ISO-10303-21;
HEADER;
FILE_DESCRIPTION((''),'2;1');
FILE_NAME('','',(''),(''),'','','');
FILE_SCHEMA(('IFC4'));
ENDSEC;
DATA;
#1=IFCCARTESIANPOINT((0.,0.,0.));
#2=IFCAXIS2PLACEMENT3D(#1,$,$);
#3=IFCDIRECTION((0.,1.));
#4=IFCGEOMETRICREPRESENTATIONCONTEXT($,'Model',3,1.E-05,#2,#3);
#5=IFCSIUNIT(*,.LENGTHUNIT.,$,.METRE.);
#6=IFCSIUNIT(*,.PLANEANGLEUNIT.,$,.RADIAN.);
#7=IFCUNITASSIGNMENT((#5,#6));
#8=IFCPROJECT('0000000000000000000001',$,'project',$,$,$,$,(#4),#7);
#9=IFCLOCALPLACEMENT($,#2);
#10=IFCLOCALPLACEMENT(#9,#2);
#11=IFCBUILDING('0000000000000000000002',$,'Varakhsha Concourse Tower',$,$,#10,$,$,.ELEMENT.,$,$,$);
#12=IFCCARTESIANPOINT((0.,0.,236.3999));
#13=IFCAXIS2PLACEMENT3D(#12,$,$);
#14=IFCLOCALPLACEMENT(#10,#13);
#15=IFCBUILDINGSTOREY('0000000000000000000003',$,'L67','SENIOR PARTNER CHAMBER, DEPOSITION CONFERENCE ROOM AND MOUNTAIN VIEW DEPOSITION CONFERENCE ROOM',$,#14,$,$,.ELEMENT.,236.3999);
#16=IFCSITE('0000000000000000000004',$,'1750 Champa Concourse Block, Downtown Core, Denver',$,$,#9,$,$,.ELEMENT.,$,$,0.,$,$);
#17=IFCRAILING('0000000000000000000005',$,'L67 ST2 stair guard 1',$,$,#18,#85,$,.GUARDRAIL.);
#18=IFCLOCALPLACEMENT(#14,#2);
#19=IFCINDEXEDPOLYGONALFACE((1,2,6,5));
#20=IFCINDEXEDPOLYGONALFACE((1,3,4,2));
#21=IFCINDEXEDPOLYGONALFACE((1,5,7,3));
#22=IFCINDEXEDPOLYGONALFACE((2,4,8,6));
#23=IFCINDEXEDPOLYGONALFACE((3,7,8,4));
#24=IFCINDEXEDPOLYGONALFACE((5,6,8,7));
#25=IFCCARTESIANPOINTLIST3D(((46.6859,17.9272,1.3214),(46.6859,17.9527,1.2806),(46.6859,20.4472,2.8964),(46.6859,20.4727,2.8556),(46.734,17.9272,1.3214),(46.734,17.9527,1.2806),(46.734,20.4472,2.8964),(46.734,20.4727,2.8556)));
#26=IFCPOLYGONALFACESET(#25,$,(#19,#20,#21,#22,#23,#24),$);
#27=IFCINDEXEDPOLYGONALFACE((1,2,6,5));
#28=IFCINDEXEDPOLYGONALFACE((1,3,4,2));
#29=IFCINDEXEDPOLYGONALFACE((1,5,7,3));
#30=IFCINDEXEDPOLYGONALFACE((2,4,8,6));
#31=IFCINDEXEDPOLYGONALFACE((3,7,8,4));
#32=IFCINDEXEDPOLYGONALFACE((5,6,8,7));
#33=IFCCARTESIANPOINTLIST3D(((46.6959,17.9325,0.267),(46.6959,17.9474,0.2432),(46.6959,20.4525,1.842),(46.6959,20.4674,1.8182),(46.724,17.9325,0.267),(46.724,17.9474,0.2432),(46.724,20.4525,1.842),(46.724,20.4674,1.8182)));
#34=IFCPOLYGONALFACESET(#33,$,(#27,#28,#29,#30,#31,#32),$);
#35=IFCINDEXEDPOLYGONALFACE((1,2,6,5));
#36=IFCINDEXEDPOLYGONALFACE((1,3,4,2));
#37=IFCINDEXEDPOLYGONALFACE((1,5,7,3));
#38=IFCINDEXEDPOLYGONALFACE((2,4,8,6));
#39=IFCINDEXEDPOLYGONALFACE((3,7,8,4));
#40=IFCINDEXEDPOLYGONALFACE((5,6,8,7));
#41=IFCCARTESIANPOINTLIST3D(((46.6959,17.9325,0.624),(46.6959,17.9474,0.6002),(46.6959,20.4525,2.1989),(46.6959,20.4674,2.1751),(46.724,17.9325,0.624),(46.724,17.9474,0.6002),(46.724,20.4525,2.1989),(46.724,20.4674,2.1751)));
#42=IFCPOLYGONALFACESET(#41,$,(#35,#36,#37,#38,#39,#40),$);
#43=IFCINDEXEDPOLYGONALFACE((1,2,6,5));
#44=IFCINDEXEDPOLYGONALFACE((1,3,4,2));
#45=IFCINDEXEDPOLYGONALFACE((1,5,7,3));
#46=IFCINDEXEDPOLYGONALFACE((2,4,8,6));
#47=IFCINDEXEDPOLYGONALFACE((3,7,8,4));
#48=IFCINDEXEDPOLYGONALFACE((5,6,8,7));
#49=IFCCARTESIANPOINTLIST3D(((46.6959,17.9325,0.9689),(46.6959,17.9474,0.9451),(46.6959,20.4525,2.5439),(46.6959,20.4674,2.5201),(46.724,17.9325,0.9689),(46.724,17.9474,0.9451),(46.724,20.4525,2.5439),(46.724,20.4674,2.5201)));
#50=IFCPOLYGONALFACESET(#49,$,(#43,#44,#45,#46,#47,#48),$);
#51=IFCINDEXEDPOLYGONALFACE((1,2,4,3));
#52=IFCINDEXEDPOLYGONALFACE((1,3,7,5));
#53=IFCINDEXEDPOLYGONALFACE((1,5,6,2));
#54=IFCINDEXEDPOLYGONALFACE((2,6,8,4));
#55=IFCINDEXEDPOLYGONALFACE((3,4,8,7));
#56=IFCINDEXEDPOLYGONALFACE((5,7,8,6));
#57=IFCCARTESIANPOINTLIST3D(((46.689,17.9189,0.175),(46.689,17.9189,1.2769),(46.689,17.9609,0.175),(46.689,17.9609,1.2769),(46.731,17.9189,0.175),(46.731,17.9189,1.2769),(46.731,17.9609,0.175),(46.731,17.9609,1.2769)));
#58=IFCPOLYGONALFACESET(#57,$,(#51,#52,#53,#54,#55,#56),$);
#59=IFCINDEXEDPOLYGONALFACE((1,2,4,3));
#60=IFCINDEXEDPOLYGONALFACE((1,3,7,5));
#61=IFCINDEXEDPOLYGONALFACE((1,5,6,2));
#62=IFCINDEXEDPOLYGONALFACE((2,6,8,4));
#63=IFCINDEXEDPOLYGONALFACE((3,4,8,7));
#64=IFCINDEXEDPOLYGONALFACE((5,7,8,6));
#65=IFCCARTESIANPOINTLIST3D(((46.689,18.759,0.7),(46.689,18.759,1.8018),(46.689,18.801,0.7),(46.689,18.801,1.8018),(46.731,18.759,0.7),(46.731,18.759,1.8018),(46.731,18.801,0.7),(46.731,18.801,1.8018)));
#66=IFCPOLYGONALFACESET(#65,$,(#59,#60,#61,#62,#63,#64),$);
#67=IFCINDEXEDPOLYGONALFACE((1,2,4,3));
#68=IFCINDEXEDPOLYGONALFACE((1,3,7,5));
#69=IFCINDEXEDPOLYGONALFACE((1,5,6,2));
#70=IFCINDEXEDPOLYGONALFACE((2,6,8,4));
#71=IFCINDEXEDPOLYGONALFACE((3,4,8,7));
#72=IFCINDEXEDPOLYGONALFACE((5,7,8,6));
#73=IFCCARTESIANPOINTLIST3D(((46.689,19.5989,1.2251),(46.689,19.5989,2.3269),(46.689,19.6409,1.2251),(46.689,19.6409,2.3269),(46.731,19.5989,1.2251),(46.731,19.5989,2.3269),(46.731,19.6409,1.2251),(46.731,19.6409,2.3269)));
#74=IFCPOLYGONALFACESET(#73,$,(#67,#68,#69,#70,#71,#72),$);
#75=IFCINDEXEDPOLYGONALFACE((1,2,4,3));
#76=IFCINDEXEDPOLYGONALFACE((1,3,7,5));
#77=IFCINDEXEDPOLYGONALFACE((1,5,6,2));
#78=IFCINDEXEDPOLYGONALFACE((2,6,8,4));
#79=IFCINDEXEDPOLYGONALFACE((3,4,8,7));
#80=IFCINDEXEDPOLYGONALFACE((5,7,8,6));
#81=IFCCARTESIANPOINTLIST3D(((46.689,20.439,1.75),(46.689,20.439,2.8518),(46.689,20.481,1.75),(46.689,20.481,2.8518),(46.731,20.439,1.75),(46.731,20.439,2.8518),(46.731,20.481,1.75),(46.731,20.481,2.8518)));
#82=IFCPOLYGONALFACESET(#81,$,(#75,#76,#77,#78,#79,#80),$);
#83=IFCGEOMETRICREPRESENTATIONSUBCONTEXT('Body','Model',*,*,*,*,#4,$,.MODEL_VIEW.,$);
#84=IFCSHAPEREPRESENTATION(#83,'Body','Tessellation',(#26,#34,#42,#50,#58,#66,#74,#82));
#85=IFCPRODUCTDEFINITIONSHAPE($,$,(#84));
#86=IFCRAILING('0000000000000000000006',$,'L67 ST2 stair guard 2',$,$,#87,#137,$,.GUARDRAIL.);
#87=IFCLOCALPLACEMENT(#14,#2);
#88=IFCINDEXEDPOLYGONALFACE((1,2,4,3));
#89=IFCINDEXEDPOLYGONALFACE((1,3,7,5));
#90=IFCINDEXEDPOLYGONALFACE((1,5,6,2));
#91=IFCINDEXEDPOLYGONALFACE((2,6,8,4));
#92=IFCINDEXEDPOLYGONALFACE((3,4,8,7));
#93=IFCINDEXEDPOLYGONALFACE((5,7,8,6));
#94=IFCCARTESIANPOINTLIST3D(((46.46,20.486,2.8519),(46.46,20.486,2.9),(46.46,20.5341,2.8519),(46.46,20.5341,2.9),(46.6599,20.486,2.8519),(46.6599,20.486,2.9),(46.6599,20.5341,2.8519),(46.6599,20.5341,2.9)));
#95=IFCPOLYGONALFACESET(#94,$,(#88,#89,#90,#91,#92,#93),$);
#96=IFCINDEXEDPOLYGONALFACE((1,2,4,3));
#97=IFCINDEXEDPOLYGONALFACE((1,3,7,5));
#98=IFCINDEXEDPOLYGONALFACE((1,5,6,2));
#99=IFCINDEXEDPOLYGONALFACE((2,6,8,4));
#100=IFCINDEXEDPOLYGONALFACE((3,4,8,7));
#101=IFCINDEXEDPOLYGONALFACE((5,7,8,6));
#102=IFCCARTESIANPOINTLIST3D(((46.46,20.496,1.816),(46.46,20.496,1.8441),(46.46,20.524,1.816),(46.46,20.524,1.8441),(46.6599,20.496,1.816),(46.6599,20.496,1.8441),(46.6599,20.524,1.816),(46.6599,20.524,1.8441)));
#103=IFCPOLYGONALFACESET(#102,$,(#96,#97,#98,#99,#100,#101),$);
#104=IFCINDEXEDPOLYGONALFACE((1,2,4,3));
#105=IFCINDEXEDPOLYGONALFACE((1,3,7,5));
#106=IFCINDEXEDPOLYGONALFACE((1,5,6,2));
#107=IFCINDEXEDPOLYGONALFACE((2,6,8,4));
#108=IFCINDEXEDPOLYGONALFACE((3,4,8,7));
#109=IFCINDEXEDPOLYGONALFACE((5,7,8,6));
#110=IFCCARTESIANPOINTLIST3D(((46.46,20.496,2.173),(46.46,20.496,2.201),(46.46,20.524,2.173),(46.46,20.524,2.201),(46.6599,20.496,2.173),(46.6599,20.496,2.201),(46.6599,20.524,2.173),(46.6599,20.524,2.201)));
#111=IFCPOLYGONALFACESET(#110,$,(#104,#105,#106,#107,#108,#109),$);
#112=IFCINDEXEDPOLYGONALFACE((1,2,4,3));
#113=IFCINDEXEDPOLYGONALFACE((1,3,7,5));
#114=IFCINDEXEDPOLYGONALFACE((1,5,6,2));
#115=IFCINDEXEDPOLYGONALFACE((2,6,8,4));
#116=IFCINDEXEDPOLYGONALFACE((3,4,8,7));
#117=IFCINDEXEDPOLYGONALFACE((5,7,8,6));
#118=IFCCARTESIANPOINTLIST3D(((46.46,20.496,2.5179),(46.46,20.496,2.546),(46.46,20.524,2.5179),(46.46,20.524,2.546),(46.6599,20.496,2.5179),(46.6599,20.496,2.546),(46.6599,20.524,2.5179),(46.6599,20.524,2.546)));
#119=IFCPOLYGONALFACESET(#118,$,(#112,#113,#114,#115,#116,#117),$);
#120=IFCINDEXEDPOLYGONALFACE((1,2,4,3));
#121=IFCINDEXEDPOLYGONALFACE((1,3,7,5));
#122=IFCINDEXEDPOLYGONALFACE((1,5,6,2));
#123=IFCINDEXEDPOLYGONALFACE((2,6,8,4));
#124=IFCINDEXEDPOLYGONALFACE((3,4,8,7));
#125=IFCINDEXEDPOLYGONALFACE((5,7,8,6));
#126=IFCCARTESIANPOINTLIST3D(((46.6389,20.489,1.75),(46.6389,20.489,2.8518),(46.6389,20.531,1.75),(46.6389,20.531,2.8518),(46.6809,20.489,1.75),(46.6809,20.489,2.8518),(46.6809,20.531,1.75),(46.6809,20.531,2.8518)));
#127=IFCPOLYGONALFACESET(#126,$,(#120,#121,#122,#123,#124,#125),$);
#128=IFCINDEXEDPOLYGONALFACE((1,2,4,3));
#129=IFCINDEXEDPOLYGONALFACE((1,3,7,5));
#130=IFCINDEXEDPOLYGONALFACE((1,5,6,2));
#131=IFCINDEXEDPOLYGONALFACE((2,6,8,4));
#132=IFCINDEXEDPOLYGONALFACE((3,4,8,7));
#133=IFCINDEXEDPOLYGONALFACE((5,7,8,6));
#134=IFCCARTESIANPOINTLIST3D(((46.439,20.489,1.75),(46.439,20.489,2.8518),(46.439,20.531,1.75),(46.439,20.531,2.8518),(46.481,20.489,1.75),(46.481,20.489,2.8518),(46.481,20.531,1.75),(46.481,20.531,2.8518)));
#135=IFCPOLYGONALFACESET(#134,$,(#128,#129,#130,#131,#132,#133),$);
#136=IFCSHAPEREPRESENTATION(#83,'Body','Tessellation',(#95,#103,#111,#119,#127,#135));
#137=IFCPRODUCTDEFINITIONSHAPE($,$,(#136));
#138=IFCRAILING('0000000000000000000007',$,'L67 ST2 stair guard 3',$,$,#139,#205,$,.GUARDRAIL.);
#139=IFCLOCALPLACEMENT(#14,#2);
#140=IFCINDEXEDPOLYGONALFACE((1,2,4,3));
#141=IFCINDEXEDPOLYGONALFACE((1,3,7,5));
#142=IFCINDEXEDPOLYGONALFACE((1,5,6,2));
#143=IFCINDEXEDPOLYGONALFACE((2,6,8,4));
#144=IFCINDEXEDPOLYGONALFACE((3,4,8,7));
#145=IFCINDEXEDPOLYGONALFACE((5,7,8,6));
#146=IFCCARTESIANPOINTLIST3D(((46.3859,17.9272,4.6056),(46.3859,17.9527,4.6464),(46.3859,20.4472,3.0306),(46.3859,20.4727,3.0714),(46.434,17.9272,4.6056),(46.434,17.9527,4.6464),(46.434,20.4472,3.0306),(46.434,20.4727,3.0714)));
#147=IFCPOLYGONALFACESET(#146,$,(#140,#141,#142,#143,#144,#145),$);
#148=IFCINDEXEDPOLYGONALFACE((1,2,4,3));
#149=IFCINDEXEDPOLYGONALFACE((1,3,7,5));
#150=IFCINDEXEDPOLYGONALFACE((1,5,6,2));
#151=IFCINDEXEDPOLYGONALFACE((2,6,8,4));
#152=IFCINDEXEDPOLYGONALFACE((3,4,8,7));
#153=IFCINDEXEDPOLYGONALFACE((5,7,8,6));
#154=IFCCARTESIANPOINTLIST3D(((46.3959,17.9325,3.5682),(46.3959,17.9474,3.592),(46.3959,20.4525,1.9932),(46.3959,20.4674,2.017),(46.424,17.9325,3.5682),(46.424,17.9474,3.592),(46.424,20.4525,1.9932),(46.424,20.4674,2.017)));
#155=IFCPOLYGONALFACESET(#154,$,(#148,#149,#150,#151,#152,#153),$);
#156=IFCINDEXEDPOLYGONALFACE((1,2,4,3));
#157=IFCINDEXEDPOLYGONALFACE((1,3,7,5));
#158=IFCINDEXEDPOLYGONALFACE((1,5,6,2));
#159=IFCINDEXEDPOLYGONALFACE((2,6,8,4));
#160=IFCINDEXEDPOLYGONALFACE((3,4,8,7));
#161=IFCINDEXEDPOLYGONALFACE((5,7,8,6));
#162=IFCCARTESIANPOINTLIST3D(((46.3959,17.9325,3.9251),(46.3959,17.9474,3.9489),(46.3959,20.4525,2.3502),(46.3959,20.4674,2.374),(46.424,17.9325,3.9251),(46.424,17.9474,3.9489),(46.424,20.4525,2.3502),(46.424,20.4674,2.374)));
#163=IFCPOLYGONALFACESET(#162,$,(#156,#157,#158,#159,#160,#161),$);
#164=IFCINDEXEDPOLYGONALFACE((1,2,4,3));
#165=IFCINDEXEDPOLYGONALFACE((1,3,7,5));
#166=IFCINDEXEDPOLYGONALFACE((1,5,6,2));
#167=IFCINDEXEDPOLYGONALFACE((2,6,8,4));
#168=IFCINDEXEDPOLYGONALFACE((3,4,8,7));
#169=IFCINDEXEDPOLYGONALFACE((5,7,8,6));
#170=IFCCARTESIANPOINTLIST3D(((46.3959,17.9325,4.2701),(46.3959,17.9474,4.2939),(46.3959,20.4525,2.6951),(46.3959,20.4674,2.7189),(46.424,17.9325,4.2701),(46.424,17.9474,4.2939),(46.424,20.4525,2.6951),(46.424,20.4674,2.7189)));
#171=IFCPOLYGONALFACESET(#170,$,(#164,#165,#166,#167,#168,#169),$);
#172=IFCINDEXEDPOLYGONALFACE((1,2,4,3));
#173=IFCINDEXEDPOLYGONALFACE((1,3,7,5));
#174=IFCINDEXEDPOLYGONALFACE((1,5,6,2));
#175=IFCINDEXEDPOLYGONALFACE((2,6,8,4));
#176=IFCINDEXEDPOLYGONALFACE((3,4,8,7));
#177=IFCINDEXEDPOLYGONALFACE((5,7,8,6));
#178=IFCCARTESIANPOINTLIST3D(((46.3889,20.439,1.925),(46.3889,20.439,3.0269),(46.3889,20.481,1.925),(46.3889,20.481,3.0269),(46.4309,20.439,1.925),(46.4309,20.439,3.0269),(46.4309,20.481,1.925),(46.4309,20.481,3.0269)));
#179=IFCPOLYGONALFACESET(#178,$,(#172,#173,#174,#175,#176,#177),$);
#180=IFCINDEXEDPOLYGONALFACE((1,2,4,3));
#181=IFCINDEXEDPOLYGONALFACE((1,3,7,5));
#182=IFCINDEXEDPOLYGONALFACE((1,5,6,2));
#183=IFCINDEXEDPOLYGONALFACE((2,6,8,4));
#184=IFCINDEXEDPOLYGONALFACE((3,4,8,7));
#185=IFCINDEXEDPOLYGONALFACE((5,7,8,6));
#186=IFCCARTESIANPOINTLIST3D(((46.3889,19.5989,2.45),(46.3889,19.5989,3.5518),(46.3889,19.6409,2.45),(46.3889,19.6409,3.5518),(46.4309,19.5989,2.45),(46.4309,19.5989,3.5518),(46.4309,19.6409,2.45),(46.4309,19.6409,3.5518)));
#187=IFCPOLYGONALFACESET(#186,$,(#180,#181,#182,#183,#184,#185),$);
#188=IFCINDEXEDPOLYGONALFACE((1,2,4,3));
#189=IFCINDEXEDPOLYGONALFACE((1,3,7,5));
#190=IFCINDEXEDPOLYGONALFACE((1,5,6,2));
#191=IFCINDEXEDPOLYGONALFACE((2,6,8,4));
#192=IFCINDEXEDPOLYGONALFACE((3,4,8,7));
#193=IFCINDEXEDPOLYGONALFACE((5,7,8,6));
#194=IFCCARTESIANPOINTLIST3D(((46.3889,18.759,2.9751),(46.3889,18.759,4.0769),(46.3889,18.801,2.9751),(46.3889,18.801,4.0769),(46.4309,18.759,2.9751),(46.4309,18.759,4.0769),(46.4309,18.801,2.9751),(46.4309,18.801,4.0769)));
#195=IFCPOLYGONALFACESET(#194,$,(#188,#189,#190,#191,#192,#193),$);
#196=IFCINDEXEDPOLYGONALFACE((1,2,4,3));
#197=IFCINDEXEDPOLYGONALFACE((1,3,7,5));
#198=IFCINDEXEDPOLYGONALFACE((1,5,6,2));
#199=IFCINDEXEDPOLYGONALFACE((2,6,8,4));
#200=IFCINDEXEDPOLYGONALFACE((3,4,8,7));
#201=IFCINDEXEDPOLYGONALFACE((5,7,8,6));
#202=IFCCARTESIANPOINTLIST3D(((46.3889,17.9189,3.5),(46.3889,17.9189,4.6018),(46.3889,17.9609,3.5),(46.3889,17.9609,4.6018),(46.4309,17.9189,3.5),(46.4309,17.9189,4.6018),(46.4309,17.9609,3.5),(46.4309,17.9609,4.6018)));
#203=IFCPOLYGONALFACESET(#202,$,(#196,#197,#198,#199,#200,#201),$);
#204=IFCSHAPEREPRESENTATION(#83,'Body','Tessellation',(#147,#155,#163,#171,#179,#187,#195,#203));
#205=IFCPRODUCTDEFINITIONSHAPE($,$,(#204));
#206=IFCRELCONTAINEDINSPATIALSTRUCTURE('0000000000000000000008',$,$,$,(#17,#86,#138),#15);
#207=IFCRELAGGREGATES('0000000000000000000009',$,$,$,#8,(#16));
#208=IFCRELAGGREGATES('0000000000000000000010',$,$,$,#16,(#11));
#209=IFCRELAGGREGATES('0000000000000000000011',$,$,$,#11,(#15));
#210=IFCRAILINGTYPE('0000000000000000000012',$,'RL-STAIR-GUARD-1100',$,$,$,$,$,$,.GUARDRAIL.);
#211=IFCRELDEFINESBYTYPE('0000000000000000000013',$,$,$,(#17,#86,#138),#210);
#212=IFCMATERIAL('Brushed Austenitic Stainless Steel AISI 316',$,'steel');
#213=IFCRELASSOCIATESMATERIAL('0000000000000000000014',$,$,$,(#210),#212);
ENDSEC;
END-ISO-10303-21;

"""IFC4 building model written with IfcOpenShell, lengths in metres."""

from ifc_helpers import new_model, si_unit, direction, frame, origin, origin_2d, place, context, subcontext, project, spatial, rectangle, extrude, material, type_object, element, save


model = new_model("IFC4")

# Units and contexts
model_context = context("Model", 3, precision=1e-05, world=origin(), true_north=direction((0.0, 1.0)))
body_context = subcontext(model_context, "Body", "Model", "MODEL_VIEW")
ifc_project = project(units=[si_unit("LENGTHUNIT", "METRE"), si_unit("PLANEANGLEUNIT", "RADIAN")], contexts=[model_context])

# Site, building, storey
site_placement = place(None, origin())
site = spatial("IfcSite", under=ifc_project, at=site_placement, Name="1750 Champa Concourse Block, Downtown Core, Denver", CompositionType="ELEMENT", RefElevation=0.0)
building_placement = place(site_placement, origin())
building = spatial("IfcBuilding", under=site, at=building_placement, Name="Varakhsha Concourse Tower", CompositionType="ELEMENT")
storey_placement = place(building_placement, frame((0.0, 0.0, 236.3999)))
storey = spatial("IfcBuildingStorey", under=building, at=storey_placement, Name="L67", Description="SENIOR PARTNER CHAMBER, DEPOSITION CONFERENCE ROOM AND MOUNTAIN VIEW DEPOSITION CONFERENCE ROOM", CompositionType="ELEMENT", Elevation=236.3999)

# Railings
ifc_material_1 = material(Name="Brushed Austenitic Stainless Steel AISI 316", Category="steel")
railing_type_1 = type_object("IfcRailingType", Name="RL-STAIR-GUARD-1100", PredefinedType="GUARDRAIL", material=ifc_material_1)
railing_1_placement = place(storey_placement, frame((46.71, 17.9399, 0.175)))
element("IfcRailing", 1, at=railing_1_placement, inside=storey, type_object=railing_type_1, Name="L67 ST2 stair guard 1", PredefinedType="GUARDRAIL", context=body_context, shape_type="SweptSolid", body=[
    extrude(rectangle(XDim=0.0481, YDim=0.0481, at=origin_2d()), frame((0.0, 0.0, 1.126), z_axis=(0.0, 0.848008, 0.529984), x_axis=(-1.0, 0.0, 0.0)), (0.0, 0.0, 1.0), 2.9717),
    extrude(rectangle(XDim=0.0281, YDim=0.0281, at=origin_2d()), frame((0.0, 0.0, 0.0801), z_axis=(0.0, 0.848008, 0.529984), x_axis=(-1.0, 0.0, 0.0)), (0.0, 0.0, 1.0), 2.9717),
    extrude(rectangle(XDim=0.0281, YDim=0.0281, at=origin_2d()), frame((0.0, 0.0, 0.437), z_axis=(0.0, 0.848008, 0.529984), x_axis=(-1.0, 0.0, 0.0)), (0.0, 0.0, 1.0), 2.9717),
    extrude(rectangle(XDim=0.0281, YDim=0.0281, at=origin_2d()), frame((0.0, 0.0, 0.782), z_axis=(0.0, 0.848008, 0.529984), x_axis=(-1.0, 0.0, 0.0)), (0.0, 0.0, 1.0), 2.9717),
    extrude(rectangle(XDim=0.042, YDim=0.042, at=origin_2d()), origin(), (0.0, 0.0, 1.0), 1.1018),
    extrude(rectangle(XDim=0.042, YDim=0.042, at=origin_2d()), frame((0.0, 0.8401, 0.5249)), (0.0, 0.0, 1.0), 1.1018),
    extrude(rectangle(XDim=0.042, YDim=0.042, at=origin_2d()), frame((0.0, 1.6799, 1.05)), (0.0, 0.0, 1.0), 1.1018),
    extrude(rectangle(XDim=0.042, YDim=0.042, at=origin_2d()), frame((0.0, 2.52, 1.575)), (0.0, 0.0, 1.0), 1.1018),
])
railing_2_placement = place(storey_placement, frame((46.6599, 20.51, 1.75)))
element("IfcRailing", 2, at=railing_2_placement, inside=storey, type_object=railing_type_1, Name="L67 ST2 stair guard 2", PredefinedType="GUARDRAIL", context=body_context, shape_type="SweptSolid", body=[
    extrude(rectangle(XDim=0.0481, YDim=0.0481, at=origin_2d()), frame((0.0, 0.0, 1.126), z_axis=(-1.0, 0.0, 0.0), x_axis=(0.0, -1.0, 0.0)), (0.0, 0.0, 1.0), 0.2),
    extrude(rectangle(XDim=0.0281, YDim=0.0281, at=origin_2d()), frame((0.0, 0.0, 0.0801), z_axis=(-1.0, 0.0, 0.0), x_axis=(0.0, -1.0, 0.0)), (0.0, 0.0, 1.0), 0.2),
    extrude(rectangle(XDim=0.0281, YDim=0.0281, at=origin_2d()), frame((0.0, 0.0, 0.437), z_axis=(-1.0, 0.0, 0.0), x_axis=(0.0, -1.0, 0.0)), (0.0, 0.0, 1.0), 0.2),
    extrude(rectangle(XDim=0.0281, YDim=0.0281, at=origin_2d()), frame((0.0, 0.0, 0.782), z_axis=(-1.0, 0.0, 0.0), x_axis=(0.0, -1.0, 0.0)), (0.0, 0.0, 1.0), 0.2),
    extrude(rectangle(XDim=0.042, YDim=0.042, at=origin_2d()), origin(), (0.0, 0.0, 1.0), 1.1018),
    extrude(rectangle(XDim=0.042, YDim=0.042, at=origin_2d()), frame((-0.2, 0.0, 0.0)), (0.0, 0.0, 1.0), 1.1018),
])
railing_3_placement = place(storey_placement, frame((46.4099, 20.46, 1.925)))
element("IfcRailing", 3, at=railing_3_placement, inside=storey, type_object=railing_type_1, Name="L67 ST2 stair guard 3", PredefinedType="GUARDRAIL", context=body_context, shape_type="SweptSolid", body=[
    extrude(rectangle(XDim=0.0481, YDim=0.0481, at=origin_2d()), frame((0.0, 0.0, 1.126), z_axis=(0.0, -0.848008, 0.529984), x_axis=(1.0, 0.0, 0.0)), (0.0, 0.0, 1.0), 2.9717),
    extrude(rectangle(XDim=0.0281, YDim=0.0281, at=origin_2d()), frame((0.0, 0.0, 0.0801), z_axis=(0.0, -0.848008, 0.529984), x_axis=(1.0, 0.0, 0.0)), (0.0, 0.0, 1.0), 2.9717),
    extrude(rectangle(XDim=0.0281, YDim=0.0281, at=origin_2d()), frame((0.0, 0.0, 0.437), z_axis=(0.0, -0.848008, 0.529984), x_axis=(1.0, 0.0, 0.0)), (0.0, 0.0, 1.0), 2.9717),
    extrude(rectangle(XDim=0.0281, YDim=0.0281, at=origin_2d()), frame((0.0, 0.0, 0.782), z_axis=(0.0, -0.848008, 0.529984), x_axis=(1.0, 0.0, 0.0)), (0.0, 0.0, 1.0), 2.9717),
    extrude(rectangle(XDim=0.042, YDim=0.042, at=origin_2d()), origin(), (0.0, 0.0, 1.0), 1.1018),
    extrude(rectangle(XDim=0.042, YDim=0.042, at=origin_2d()), frame((0.0, -0.8401, 0.5249)), (0.0, 0.0, 1.0), 1.1018),
    extrude(rectangle(XDim=0.042, YDim=0.042, at=origin_2d()), frame((0.0, -1.6799, 1.05)), (0.0, 0.0, 1.0), 1.1018),
    extrude(rectangle(XDim=0.042, YDim=0.042, at=origin_2d()), frame((0.0, -2.52, 1.575)), (0.0, 0.0, 1.0), 1.1018),
])

save(model, "model.ifc")
